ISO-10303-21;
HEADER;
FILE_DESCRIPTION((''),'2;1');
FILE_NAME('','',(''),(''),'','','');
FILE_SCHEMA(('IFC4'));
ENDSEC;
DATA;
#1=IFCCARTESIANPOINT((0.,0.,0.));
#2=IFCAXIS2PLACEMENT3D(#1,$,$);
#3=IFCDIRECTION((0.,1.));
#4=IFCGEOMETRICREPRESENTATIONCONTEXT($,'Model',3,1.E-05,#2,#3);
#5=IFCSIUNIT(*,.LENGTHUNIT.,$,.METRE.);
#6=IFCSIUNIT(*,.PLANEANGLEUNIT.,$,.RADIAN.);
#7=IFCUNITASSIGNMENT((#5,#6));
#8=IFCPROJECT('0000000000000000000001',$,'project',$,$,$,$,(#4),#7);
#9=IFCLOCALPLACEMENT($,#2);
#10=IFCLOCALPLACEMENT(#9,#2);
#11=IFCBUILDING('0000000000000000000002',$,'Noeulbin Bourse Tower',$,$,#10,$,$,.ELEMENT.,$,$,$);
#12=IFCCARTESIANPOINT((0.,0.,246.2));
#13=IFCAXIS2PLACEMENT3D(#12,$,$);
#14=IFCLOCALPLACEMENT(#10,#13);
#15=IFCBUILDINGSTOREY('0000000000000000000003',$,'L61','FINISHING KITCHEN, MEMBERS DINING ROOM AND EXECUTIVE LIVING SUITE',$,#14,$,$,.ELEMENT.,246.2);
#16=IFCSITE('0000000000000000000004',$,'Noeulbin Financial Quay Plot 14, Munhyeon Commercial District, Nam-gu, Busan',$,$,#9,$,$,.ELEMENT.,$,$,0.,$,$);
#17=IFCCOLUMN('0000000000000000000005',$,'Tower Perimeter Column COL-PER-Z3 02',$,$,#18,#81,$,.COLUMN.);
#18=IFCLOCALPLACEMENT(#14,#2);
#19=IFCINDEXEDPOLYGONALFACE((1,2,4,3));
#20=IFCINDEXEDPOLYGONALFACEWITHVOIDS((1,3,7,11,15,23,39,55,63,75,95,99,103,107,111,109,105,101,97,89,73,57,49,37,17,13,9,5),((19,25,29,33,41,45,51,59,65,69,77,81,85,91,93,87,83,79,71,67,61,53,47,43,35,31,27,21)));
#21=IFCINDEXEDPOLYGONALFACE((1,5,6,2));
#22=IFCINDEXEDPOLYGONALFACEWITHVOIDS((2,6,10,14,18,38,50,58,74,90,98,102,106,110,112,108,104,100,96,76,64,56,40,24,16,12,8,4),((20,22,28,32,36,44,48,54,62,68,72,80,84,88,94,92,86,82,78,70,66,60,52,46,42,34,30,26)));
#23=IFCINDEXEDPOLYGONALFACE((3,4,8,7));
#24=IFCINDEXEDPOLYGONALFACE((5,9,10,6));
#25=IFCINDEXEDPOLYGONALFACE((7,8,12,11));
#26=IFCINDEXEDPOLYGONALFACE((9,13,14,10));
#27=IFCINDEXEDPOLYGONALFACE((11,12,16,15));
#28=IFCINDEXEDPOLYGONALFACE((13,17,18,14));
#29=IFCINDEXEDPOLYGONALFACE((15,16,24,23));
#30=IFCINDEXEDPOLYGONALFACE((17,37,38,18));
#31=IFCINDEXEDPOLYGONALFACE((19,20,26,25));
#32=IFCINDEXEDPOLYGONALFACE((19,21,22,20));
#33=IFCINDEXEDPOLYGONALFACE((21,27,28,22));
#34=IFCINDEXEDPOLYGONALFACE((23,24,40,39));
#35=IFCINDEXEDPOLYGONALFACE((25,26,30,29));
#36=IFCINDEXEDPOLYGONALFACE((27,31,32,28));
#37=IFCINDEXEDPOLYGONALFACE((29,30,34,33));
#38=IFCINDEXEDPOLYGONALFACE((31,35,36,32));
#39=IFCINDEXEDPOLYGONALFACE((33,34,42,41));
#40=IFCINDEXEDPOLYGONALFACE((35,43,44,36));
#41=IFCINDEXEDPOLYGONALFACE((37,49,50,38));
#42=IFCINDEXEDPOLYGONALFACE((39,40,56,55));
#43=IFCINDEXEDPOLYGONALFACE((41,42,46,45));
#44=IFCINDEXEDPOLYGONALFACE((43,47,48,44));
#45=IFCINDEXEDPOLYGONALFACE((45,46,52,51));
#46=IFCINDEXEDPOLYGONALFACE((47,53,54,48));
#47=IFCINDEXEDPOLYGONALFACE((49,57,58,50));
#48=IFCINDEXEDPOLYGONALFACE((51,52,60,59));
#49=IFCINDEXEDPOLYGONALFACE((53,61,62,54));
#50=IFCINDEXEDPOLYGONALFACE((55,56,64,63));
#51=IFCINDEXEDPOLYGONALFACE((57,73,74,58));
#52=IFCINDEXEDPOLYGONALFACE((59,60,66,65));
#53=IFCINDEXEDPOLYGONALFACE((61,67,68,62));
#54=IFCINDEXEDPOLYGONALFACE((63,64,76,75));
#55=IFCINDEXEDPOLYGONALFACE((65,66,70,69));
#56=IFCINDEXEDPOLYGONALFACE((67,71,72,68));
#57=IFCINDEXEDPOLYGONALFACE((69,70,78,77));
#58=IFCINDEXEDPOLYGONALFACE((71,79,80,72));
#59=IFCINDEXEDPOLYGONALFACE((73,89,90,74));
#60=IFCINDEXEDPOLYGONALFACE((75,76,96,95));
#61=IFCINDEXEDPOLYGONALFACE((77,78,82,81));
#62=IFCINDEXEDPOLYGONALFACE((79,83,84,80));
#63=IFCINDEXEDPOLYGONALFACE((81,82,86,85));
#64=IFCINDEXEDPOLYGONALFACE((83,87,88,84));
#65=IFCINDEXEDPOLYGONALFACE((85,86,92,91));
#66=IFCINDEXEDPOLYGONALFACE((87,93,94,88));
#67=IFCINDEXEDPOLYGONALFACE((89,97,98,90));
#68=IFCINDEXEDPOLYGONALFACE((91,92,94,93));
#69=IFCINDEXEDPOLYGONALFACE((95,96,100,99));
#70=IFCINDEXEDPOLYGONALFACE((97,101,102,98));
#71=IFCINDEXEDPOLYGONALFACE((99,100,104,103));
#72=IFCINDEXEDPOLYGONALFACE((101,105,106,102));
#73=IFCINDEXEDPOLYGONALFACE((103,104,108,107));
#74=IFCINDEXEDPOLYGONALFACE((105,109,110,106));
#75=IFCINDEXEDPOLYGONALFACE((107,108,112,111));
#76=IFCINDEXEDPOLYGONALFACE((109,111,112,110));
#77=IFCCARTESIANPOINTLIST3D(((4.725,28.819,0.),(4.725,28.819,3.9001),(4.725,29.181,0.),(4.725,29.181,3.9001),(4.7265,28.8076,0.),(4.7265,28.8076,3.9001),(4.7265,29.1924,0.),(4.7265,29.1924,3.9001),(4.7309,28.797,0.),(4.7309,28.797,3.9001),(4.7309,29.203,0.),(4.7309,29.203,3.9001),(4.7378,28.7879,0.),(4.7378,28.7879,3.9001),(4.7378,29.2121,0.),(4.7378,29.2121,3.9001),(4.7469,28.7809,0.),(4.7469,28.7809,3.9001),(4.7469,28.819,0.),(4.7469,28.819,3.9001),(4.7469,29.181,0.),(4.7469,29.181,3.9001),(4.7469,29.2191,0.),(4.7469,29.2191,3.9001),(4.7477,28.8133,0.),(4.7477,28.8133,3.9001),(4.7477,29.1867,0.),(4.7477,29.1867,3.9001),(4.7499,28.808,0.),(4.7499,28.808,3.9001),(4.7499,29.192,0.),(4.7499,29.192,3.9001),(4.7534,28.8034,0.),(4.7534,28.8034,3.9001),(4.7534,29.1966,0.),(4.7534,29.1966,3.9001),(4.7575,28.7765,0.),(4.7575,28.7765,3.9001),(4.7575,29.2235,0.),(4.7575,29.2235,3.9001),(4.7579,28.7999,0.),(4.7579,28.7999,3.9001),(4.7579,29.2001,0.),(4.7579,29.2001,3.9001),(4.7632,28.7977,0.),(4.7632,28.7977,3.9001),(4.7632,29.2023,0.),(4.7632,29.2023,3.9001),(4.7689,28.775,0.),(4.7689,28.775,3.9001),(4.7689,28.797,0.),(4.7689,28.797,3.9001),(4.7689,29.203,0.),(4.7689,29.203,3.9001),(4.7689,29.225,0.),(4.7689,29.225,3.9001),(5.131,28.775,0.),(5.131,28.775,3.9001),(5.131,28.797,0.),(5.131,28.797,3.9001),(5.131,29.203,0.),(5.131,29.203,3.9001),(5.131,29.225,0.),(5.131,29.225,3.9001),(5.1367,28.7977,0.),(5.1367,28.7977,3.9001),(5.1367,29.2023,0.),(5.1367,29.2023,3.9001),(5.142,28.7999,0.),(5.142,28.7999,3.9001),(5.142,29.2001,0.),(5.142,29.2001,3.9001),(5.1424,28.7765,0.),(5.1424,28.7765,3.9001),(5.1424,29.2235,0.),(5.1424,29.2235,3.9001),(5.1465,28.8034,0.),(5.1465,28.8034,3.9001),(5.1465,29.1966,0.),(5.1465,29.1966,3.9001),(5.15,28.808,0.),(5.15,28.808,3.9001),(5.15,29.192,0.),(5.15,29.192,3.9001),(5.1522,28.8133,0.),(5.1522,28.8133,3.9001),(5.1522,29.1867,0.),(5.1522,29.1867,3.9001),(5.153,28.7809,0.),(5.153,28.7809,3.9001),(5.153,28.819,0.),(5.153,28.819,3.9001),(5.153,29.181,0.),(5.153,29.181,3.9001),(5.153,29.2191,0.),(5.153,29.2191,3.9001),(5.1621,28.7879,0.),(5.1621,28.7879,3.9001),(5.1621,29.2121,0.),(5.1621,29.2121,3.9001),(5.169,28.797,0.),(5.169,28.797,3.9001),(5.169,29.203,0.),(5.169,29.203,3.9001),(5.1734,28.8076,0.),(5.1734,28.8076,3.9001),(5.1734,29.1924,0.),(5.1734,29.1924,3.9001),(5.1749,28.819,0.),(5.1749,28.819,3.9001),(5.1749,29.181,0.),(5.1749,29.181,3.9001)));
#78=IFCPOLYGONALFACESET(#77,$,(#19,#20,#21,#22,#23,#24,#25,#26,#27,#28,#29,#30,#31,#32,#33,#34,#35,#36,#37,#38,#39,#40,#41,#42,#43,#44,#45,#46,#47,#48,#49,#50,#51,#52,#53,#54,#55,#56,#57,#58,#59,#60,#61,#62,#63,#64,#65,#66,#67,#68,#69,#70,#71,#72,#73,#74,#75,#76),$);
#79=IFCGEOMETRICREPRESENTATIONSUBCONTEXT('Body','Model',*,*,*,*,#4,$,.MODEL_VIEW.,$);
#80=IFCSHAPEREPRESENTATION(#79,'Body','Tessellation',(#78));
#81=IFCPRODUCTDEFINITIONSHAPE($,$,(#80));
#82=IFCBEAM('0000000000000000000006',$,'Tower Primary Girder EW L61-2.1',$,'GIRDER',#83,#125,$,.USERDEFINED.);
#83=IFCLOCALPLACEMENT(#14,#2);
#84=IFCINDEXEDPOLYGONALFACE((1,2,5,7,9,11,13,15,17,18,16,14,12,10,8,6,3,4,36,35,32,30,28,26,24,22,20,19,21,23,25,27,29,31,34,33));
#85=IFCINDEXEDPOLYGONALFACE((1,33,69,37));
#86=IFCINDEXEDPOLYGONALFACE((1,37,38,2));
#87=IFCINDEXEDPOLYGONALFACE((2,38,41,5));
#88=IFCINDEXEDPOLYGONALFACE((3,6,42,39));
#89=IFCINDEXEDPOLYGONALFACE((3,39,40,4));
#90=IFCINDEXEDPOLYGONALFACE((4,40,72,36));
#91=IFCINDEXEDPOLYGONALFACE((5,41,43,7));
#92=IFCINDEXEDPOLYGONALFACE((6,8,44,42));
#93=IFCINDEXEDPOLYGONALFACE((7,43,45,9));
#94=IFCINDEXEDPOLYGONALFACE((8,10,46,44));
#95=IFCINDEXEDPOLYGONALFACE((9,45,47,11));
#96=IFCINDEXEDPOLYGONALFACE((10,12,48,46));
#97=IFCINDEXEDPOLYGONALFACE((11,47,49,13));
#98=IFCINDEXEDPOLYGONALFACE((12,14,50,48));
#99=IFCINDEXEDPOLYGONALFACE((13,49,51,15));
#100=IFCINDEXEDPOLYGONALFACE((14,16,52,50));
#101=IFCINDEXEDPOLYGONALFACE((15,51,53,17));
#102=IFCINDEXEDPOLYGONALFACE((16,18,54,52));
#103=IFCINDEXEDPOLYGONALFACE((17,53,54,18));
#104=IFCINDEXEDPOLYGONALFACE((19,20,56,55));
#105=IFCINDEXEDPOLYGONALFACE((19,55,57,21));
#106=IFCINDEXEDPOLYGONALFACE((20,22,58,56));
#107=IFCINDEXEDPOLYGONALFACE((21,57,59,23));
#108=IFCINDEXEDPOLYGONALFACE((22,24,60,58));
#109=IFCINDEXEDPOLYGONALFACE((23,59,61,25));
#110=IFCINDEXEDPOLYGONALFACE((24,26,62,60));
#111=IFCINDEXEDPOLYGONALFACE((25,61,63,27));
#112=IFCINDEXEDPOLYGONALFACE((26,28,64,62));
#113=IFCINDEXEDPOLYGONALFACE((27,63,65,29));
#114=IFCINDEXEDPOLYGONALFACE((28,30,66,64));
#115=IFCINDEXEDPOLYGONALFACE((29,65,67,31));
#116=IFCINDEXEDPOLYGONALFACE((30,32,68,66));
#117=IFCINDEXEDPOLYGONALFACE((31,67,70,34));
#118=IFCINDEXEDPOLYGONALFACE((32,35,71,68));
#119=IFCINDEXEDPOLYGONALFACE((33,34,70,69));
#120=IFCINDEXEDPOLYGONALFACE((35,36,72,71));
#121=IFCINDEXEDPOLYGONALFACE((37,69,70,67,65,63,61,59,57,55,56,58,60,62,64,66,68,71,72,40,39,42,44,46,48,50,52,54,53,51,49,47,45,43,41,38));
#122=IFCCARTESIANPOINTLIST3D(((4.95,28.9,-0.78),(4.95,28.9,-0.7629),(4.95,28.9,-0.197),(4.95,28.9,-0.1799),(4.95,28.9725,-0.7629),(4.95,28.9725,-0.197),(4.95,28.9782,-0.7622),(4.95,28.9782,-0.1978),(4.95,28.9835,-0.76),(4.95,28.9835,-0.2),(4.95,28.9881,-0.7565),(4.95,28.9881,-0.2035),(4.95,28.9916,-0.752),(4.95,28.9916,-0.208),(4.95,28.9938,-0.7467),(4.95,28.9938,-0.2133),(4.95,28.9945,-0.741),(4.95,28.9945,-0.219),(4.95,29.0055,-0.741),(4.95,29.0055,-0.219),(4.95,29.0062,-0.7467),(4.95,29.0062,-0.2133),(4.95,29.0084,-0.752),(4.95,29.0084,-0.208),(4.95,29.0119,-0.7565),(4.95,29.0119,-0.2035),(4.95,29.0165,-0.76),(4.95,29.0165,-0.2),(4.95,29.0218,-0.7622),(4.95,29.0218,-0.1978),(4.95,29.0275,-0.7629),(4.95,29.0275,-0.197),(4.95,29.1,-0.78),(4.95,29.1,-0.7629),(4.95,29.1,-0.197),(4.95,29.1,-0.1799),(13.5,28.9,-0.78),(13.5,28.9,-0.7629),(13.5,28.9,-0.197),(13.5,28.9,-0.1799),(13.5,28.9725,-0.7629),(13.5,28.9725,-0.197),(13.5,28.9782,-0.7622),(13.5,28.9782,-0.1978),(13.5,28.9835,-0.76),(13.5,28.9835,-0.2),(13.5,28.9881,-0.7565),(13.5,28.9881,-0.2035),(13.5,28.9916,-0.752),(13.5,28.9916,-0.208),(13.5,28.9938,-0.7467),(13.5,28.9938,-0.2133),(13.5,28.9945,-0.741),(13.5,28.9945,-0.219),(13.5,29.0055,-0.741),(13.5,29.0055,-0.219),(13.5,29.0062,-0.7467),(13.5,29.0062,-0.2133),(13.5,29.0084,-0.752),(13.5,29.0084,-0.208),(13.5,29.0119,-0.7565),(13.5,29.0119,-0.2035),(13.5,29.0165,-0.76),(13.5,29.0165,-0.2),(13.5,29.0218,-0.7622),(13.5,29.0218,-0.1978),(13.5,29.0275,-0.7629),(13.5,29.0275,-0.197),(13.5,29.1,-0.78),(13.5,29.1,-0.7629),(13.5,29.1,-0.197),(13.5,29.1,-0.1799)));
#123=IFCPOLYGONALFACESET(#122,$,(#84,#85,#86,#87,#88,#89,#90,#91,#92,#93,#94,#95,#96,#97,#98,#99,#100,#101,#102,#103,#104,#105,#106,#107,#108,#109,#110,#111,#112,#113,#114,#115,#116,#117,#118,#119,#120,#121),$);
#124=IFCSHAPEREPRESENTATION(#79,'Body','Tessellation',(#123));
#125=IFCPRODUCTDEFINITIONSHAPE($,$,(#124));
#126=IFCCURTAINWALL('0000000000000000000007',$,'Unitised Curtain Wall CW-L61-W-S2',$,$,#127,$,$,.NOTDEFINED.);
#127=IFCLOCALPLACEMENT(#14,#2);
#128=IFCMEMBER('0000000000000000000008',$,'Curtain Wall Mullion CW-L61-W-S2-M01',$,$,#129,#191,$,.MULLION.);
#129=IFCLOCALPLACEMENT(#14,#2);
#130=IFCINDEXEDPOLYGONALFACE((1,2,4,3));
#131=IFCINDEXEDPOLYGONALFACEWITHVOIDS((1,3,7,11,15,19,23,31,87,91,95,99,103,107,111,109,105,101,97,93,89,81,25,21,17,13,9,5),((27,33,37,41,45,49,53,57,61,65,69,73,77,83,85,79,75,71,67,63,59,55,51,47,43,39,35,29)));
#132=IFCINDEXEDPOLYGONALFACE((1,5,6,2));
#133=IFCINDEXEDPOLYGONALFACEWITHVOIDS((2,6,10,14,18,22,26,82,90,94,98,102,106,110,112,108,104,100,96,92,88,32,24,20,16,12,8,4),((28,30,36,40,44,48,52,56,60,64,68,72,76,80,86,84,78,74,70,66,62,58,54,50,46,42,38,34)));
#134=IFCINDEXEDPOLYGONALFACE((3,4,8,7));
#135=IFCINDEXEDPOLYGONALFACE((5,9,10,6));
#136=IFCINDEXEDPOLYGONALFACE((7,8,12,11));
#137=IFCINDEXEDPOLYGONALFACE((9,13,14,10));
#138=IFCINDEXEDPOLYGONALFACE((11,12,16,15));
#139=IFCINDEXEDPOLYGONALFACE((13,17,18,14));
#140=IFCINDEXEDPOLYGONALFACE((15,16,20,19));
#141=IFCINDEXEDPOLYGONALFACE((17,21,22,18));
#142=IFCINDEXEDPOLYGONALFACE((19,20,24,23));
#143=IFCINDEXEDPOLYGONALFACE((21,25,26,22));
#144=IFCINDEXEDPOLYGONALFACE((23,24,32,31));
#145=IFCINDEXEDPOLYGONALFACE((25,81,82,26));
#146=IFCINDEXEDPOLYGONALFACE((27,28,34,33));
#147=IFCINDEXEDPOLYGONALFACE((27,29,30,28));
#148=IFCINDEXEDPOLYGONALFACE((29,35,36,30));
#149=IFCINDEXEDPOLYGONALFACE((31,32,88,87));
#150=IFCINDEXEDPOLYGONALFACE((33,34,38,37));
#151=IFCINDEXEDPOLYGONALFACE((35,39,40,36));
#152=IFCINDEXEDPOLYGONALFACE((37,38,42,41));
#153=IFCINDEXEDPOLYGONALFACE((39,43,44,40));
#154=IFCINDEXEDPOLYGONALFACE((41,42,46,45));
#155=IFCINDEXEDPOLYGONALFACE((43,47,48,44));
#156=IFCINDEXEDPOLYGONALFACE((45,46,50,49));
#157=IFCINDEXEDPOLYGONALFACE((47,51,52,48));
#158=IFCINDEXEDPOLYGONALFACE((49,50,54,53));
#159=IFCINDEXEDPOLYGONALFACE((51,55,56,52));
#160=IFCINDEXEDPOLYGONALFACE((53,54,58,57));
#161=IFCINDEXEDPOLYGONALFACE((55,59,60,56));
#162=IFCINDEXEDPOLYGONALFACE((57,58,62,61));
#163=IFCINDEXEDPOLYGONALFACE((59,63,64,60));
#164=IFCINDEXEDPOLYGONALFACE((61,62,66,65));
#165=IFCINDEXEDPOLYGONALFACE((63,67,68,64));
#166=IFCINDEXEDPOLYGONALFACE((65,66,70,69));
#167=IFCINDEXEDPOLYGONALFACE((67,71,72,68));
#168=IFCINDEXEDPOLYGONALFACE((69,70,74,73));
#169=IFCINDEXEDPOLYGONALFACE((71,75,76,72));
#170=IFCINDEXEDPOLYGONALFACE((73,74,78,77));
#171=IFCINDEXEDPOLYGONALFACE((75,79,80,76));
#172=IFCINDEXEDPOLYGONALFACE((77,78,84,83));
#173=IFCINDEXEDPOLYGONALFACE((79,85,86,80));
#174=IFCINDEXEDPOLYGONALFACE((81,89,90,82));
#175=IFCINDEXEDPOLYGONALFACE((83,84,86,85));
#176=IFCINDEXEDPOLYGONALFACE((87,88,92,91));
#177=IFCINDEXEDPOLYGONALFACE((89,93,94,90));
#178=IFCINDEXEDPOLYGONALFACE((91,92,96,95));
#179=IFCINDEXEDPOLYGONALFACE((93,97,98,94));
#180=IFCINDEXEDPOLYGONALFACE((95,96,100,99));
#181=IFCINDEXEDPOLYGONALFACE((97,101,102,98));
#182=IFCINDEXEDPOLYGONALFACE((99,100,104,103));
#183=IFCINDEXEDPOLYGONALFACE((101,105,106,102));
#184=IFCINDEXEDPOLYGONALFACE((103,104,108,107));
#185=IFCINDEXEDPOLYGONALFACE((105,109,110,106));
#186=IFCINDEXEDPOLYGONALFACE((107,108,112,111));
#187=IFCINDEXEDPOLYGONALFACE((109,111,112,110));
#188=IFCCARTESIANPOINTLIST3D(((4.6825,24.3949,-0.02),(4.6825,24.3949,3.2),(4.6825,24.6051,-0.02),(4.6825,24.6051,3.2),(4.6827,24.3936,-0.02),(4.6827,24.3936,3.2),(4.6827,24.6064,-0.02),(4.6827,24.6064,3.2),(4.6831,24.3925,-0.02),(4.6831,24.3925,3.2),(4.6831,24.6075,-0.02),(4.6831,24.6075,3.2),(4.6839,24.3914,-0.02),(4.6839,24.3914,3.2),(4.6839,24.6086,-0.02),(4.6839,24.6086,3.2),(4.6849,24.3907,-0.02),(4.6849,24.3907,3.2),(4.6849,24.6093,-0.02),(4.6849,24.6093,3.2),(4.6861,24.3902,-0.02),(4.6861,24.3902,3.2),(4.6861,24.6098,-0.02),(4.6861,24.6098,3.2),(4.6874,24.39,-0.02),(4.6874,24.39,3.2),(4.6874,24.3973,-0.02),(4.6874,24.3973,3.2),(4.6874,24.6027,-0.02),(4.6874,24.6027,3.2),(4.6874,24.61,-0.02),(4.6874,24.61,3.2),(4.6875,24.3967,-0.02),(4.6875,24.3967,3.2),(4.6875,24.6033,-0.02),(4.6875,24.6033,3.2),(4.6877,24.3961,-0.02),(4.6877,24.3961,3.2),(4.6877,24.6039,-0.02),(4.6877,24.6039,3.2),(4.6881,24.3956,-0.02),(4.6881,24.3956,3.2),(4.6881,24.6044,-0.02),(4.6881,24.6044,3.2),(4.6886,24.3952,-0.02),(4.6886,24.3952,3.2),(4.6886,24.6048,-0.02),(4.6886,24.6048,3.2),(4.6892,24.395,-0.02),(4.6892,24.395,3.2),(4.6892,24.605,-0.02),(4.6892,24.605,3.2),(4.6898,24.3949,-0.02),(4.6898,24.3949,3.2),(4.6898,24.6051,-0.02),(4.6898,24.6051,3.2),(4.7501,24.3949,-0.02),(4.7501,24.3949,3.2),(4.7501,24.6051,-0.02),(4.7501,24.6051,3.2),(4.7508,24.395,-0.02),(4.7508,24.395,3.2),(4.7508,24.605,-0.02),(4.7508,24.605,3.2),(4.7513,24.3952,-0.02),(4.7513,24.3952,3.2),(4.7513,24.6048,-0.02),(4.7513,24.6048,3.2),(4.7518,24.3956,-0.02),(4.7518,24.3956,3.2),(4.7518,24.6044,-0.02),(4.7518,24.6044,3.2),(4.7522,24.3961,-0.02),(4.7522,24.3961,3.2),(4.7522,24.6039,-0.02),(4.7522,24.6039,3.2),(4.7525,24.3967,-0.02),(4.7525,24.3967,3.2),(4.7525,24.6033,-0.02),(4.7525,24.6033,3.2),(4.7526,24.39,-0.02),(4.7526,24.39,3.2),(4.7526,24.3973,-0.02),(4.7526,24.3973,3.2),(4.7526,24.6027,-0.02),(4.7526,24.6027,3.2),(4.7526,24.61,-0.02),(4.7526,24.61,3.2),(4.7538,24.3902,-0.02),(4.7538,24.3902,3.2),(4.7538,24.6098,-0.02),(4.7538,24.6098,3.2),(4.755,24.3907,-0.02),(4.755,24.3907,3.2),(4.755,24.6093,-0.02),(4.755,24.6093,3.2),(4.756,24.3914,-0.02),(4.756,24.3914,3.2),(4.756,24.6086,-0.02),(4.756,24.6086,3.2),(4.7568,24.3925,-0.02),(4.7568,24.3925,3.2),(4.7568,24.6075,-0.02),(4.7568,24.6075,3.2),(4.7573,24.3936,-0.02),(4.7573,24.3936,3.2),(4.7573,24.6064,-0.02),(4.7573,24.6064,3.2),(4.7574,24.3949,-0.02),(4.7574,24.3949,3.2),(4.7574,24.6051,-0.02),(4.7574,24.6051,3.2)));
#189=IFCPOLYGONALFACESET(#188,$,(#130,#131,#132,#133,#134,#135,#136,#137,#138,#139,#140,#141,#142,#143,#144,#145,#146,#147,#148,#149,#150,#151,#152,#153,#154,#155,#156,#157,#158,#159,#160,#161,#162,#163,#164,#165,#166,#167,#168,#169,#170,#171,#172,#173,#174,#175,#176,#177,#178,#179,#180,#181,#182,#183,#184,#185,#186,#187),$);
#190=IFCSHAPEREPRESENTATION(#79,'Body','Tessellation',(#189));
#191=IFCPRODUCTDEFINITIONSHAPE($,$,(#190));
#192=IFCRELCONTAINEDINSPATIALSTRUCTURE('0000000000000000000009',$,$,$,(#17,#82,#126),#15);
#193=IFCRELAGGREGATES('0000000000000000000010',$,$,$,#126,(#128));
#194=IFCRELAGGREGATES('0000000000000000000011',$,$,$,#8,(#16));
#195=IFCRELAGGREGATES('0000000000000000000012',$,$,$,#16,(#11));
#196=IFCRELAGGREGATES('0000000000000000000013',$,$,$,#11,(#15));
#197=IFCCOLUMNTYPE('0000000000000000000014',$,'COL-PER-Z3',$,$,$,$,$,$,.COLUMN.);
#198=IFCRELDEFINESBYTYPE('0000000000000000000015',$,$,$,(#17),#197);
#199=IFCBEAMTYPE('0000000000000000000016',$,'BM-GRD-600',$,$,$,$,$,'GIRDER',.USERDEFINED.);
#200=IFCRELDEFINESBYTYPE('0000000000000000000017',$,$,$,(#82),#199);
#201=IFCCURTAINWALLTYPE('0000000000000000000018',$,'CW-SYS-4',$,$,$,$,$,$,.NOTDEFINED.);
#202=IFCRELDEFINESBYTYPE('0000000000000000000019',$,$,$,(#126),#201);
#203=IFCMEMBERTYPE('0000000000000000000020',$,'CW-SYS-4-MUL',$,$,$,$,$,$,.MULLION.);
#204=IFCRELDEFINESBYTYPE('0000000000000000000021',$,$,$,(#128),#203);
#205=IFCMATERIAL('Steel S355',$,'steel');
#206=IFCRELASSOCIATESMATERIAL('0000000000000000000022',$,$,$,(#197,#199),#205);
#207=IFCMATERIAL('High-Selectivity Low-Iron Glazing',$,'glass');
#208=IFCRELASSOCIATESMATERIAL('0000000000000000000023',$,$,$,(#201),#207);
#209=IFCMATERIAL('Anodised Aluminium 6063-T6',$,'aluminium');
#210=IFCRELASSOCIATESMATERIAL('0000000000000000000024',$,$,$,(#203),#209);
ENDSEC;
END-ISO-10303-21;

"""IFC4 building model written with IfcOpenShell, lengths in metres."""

from ifc_helpers import new_model, si_unit, direction, frame, origin, origin_2d, place, context, subcontext, project, spatial, hollow_rectangle, i_section, extrude, material, material_profile, profile_set, type_object, element, aggregate, save


model = new_model("IFC4")

# Units and contexts
model_context = context("Model", 3, precision=1e-05, world=origin(), true_north=direction((0.0, 1.0)))
body_context = subcontext(model_context, "Body", "Model", "MODEL_VIEW")
ifc_project = project(units=[si_unit("LENGTHUNIT", "METRE"), si_unit("PLANEANGLEUNIT", "RADIAN")], contexts=[model_context])

# Site, building, storey
site_placement = place(None, origin())
site = spatial("IfcSite", under=ifc_project, at=site_placement, Name="Noeulbin Financial Quay Plot 14, Munhyeon Commercial District, Nam-gu, Busan", CompositionType="ELEMENT", RefElevation=0.0)
building_placement = place(site_placement, origin())
building = spatial("IfcBuilding", under=site, at=building_placement, Name="Noeulbin Bourse Tower", CompositionType="ELEMENT")
storey_placement = place(building_placement, frame((0.0, 0.0, 246.2)))
storey = spatial("IfcBuildingStorey", under=building, at=storey_placement, Name="L61", Description="FINISHING KITCHEN, MEMBERS DINING ROOM AND EXECUTIVE LIVING SUITE", CompositionType="ELEMENT", Elevation=246.2)

# Column
ifc_material_1 = material(Name="Steel S355", Category="steel")
ifc_material_profile_1 = material_profile(ifc_material_1, hollow_rectangle(XDim=0.45, YDim=0.45, WallThickness=0.022, InnerFilletRadius=0.022, OuterFilletRadius=0.0439, at=origin_2d()), Name="SHS-450x450x22", Category="LoadBearing")
ifc_profile_set_1 = profile_set([ifc_material_profile_1], Name="Steel S355")
column_type = type_object("IfcColumnType", Name="COL-PER-Z3", PredefinedType="COLUMN", material=ifc_profile_set_1)
column_placement = place(storey_placement, frame((4.95, 29.0, 0.0), z_axis=(0.0, 0.0, 1.0), x_axis=(1.0, 0.0, 0.0)))
element("IfcColumn", 1, at=column_placement, inside=storey, type_object=column_type, Name="Tower Perimeter Column COL-PER-Z3 02", PredefinedType="COLUMN", context=body_context, shape_type="SweptSolid", body=[
    extrude(hollow_rectangle(XDim=0.45, YDim=0.45, WallThickness=0.022, InnerFilletRadius=0.022, OuterFilletRadius=0.0439, at=origin_2d()), origin(), (0.0, 0.0, 1.0), 3.9001),
])

# Beam
ifc_material_profile_2 = material_profile(ifc_material_1, i_section(OverallWidth=0.2, OverallDepth=0.6001, WebThickness=0.011, FlangeThickness=0.0171, FilletRadius=0.022, at=origin_2d()), Name="H-600x200x11x17", Category="LoadBearing")
ifc_profile_set_2 = profile_set([ifc_material_profile_2], Name="Steel S355")
beam_type = type_object("IfcBeamType", Name="BM-GRD-600", ElementType="GIRDER", PredefinedType="USERDEFINED", material=ifc_profile_set_2)
beam_placement = place(storey_placement, frame((4.95, 29.0, -0.48), z_axis=(1.0, 0.0, 0.0), x_axis=(0.0, 1.0, 0.0)))
element("IfcBeam", 2, at=beam_placement, inside=storey, type_object=beam_type, Name="Tower Primary Girder EW L61-2.1", ObjectType="GIRDER", PredefinedType="USERDEFINED", context=body_context, shape_type="SweptSolid", body=[
    extrude(i_section(OverallWidth=0.2, OverallDepth=0.6001, WebThickness=0.011, FlangeThickness=0.0171, FilletRadius=0.022, at=origin_2d()), origin(), (0.0, 0.0, 1.0), 8.55),
])

# Curtain wall, member
ifc_material_2 = material(Name="High-Selectivity Low-Iron Glazing", Category="glass")
curtain_wall_type = type_object("IfcCurtainWallType", Name="CW-SYS-4", PredefinedType="NOTDEFINED", material=ifc_material_2)
curtain_wall_1_placement = place(storey_placement, origin())
curtain_wall_1 = element("IfcCurtainWall", 3, at=curtain_wall_1_placement, inside=storey, type_object=curtain_wall_type, Name="Unitised Curtain Wall CW-L61-W-S2", PredefinedType="NOTDEFINED")
ifc_material_3 = material(Name="Anodised Aluminium 6063-T6", Category="aluminium")
ifc_material_profile_3 = material_profile(ifc_material_3, hollow_rectangle(XDim=0.075, YDim=0.22, WallThickness=0.0049, InnerFilletRadius=0.0024, OuterFilletRadius=0.0049, at=origin_2d()), Name="ALU-MULL-75x220x5", Category="LoadBearing")
ifc_profile_set_3 = profile_set([ifc_material_profile_3], Name="Anodised Aluminium 6063-T6")
member_type = type_object("IfcMemberType", Name="CW-SYS-4-MUL", PredefinedType="MULLION", material=ifc_profile_set_3)
member_1_placement = place(storey_placement, frame((4.72, 24.5, -0.02), z_axis=(0.0, 0.0, 1.0), x_axis=(1.0, 0.0, 0.0)))
member_1 = element("IfcMember", 4, at=member_1_placement, type_object=member_type, Name="Curtain Wall Mullion CW-L61-W-S2-M01", PredefinedType="MULLION", context=body_context, shape_type="SweptSolid", body=[
    extrude(hollow_rectangle(XDim=0.075, YDim=0.22, WallThickness=0.0049, InnerFilletRadius=0.0024, OuterFilletRadius=0.0049, at=origin_2d()), origin(), (0.0, 0.0, 1.0), 3.22),
])

aggregate(curtain_wall_1, [member_1])

save(model, "model.ifc")
